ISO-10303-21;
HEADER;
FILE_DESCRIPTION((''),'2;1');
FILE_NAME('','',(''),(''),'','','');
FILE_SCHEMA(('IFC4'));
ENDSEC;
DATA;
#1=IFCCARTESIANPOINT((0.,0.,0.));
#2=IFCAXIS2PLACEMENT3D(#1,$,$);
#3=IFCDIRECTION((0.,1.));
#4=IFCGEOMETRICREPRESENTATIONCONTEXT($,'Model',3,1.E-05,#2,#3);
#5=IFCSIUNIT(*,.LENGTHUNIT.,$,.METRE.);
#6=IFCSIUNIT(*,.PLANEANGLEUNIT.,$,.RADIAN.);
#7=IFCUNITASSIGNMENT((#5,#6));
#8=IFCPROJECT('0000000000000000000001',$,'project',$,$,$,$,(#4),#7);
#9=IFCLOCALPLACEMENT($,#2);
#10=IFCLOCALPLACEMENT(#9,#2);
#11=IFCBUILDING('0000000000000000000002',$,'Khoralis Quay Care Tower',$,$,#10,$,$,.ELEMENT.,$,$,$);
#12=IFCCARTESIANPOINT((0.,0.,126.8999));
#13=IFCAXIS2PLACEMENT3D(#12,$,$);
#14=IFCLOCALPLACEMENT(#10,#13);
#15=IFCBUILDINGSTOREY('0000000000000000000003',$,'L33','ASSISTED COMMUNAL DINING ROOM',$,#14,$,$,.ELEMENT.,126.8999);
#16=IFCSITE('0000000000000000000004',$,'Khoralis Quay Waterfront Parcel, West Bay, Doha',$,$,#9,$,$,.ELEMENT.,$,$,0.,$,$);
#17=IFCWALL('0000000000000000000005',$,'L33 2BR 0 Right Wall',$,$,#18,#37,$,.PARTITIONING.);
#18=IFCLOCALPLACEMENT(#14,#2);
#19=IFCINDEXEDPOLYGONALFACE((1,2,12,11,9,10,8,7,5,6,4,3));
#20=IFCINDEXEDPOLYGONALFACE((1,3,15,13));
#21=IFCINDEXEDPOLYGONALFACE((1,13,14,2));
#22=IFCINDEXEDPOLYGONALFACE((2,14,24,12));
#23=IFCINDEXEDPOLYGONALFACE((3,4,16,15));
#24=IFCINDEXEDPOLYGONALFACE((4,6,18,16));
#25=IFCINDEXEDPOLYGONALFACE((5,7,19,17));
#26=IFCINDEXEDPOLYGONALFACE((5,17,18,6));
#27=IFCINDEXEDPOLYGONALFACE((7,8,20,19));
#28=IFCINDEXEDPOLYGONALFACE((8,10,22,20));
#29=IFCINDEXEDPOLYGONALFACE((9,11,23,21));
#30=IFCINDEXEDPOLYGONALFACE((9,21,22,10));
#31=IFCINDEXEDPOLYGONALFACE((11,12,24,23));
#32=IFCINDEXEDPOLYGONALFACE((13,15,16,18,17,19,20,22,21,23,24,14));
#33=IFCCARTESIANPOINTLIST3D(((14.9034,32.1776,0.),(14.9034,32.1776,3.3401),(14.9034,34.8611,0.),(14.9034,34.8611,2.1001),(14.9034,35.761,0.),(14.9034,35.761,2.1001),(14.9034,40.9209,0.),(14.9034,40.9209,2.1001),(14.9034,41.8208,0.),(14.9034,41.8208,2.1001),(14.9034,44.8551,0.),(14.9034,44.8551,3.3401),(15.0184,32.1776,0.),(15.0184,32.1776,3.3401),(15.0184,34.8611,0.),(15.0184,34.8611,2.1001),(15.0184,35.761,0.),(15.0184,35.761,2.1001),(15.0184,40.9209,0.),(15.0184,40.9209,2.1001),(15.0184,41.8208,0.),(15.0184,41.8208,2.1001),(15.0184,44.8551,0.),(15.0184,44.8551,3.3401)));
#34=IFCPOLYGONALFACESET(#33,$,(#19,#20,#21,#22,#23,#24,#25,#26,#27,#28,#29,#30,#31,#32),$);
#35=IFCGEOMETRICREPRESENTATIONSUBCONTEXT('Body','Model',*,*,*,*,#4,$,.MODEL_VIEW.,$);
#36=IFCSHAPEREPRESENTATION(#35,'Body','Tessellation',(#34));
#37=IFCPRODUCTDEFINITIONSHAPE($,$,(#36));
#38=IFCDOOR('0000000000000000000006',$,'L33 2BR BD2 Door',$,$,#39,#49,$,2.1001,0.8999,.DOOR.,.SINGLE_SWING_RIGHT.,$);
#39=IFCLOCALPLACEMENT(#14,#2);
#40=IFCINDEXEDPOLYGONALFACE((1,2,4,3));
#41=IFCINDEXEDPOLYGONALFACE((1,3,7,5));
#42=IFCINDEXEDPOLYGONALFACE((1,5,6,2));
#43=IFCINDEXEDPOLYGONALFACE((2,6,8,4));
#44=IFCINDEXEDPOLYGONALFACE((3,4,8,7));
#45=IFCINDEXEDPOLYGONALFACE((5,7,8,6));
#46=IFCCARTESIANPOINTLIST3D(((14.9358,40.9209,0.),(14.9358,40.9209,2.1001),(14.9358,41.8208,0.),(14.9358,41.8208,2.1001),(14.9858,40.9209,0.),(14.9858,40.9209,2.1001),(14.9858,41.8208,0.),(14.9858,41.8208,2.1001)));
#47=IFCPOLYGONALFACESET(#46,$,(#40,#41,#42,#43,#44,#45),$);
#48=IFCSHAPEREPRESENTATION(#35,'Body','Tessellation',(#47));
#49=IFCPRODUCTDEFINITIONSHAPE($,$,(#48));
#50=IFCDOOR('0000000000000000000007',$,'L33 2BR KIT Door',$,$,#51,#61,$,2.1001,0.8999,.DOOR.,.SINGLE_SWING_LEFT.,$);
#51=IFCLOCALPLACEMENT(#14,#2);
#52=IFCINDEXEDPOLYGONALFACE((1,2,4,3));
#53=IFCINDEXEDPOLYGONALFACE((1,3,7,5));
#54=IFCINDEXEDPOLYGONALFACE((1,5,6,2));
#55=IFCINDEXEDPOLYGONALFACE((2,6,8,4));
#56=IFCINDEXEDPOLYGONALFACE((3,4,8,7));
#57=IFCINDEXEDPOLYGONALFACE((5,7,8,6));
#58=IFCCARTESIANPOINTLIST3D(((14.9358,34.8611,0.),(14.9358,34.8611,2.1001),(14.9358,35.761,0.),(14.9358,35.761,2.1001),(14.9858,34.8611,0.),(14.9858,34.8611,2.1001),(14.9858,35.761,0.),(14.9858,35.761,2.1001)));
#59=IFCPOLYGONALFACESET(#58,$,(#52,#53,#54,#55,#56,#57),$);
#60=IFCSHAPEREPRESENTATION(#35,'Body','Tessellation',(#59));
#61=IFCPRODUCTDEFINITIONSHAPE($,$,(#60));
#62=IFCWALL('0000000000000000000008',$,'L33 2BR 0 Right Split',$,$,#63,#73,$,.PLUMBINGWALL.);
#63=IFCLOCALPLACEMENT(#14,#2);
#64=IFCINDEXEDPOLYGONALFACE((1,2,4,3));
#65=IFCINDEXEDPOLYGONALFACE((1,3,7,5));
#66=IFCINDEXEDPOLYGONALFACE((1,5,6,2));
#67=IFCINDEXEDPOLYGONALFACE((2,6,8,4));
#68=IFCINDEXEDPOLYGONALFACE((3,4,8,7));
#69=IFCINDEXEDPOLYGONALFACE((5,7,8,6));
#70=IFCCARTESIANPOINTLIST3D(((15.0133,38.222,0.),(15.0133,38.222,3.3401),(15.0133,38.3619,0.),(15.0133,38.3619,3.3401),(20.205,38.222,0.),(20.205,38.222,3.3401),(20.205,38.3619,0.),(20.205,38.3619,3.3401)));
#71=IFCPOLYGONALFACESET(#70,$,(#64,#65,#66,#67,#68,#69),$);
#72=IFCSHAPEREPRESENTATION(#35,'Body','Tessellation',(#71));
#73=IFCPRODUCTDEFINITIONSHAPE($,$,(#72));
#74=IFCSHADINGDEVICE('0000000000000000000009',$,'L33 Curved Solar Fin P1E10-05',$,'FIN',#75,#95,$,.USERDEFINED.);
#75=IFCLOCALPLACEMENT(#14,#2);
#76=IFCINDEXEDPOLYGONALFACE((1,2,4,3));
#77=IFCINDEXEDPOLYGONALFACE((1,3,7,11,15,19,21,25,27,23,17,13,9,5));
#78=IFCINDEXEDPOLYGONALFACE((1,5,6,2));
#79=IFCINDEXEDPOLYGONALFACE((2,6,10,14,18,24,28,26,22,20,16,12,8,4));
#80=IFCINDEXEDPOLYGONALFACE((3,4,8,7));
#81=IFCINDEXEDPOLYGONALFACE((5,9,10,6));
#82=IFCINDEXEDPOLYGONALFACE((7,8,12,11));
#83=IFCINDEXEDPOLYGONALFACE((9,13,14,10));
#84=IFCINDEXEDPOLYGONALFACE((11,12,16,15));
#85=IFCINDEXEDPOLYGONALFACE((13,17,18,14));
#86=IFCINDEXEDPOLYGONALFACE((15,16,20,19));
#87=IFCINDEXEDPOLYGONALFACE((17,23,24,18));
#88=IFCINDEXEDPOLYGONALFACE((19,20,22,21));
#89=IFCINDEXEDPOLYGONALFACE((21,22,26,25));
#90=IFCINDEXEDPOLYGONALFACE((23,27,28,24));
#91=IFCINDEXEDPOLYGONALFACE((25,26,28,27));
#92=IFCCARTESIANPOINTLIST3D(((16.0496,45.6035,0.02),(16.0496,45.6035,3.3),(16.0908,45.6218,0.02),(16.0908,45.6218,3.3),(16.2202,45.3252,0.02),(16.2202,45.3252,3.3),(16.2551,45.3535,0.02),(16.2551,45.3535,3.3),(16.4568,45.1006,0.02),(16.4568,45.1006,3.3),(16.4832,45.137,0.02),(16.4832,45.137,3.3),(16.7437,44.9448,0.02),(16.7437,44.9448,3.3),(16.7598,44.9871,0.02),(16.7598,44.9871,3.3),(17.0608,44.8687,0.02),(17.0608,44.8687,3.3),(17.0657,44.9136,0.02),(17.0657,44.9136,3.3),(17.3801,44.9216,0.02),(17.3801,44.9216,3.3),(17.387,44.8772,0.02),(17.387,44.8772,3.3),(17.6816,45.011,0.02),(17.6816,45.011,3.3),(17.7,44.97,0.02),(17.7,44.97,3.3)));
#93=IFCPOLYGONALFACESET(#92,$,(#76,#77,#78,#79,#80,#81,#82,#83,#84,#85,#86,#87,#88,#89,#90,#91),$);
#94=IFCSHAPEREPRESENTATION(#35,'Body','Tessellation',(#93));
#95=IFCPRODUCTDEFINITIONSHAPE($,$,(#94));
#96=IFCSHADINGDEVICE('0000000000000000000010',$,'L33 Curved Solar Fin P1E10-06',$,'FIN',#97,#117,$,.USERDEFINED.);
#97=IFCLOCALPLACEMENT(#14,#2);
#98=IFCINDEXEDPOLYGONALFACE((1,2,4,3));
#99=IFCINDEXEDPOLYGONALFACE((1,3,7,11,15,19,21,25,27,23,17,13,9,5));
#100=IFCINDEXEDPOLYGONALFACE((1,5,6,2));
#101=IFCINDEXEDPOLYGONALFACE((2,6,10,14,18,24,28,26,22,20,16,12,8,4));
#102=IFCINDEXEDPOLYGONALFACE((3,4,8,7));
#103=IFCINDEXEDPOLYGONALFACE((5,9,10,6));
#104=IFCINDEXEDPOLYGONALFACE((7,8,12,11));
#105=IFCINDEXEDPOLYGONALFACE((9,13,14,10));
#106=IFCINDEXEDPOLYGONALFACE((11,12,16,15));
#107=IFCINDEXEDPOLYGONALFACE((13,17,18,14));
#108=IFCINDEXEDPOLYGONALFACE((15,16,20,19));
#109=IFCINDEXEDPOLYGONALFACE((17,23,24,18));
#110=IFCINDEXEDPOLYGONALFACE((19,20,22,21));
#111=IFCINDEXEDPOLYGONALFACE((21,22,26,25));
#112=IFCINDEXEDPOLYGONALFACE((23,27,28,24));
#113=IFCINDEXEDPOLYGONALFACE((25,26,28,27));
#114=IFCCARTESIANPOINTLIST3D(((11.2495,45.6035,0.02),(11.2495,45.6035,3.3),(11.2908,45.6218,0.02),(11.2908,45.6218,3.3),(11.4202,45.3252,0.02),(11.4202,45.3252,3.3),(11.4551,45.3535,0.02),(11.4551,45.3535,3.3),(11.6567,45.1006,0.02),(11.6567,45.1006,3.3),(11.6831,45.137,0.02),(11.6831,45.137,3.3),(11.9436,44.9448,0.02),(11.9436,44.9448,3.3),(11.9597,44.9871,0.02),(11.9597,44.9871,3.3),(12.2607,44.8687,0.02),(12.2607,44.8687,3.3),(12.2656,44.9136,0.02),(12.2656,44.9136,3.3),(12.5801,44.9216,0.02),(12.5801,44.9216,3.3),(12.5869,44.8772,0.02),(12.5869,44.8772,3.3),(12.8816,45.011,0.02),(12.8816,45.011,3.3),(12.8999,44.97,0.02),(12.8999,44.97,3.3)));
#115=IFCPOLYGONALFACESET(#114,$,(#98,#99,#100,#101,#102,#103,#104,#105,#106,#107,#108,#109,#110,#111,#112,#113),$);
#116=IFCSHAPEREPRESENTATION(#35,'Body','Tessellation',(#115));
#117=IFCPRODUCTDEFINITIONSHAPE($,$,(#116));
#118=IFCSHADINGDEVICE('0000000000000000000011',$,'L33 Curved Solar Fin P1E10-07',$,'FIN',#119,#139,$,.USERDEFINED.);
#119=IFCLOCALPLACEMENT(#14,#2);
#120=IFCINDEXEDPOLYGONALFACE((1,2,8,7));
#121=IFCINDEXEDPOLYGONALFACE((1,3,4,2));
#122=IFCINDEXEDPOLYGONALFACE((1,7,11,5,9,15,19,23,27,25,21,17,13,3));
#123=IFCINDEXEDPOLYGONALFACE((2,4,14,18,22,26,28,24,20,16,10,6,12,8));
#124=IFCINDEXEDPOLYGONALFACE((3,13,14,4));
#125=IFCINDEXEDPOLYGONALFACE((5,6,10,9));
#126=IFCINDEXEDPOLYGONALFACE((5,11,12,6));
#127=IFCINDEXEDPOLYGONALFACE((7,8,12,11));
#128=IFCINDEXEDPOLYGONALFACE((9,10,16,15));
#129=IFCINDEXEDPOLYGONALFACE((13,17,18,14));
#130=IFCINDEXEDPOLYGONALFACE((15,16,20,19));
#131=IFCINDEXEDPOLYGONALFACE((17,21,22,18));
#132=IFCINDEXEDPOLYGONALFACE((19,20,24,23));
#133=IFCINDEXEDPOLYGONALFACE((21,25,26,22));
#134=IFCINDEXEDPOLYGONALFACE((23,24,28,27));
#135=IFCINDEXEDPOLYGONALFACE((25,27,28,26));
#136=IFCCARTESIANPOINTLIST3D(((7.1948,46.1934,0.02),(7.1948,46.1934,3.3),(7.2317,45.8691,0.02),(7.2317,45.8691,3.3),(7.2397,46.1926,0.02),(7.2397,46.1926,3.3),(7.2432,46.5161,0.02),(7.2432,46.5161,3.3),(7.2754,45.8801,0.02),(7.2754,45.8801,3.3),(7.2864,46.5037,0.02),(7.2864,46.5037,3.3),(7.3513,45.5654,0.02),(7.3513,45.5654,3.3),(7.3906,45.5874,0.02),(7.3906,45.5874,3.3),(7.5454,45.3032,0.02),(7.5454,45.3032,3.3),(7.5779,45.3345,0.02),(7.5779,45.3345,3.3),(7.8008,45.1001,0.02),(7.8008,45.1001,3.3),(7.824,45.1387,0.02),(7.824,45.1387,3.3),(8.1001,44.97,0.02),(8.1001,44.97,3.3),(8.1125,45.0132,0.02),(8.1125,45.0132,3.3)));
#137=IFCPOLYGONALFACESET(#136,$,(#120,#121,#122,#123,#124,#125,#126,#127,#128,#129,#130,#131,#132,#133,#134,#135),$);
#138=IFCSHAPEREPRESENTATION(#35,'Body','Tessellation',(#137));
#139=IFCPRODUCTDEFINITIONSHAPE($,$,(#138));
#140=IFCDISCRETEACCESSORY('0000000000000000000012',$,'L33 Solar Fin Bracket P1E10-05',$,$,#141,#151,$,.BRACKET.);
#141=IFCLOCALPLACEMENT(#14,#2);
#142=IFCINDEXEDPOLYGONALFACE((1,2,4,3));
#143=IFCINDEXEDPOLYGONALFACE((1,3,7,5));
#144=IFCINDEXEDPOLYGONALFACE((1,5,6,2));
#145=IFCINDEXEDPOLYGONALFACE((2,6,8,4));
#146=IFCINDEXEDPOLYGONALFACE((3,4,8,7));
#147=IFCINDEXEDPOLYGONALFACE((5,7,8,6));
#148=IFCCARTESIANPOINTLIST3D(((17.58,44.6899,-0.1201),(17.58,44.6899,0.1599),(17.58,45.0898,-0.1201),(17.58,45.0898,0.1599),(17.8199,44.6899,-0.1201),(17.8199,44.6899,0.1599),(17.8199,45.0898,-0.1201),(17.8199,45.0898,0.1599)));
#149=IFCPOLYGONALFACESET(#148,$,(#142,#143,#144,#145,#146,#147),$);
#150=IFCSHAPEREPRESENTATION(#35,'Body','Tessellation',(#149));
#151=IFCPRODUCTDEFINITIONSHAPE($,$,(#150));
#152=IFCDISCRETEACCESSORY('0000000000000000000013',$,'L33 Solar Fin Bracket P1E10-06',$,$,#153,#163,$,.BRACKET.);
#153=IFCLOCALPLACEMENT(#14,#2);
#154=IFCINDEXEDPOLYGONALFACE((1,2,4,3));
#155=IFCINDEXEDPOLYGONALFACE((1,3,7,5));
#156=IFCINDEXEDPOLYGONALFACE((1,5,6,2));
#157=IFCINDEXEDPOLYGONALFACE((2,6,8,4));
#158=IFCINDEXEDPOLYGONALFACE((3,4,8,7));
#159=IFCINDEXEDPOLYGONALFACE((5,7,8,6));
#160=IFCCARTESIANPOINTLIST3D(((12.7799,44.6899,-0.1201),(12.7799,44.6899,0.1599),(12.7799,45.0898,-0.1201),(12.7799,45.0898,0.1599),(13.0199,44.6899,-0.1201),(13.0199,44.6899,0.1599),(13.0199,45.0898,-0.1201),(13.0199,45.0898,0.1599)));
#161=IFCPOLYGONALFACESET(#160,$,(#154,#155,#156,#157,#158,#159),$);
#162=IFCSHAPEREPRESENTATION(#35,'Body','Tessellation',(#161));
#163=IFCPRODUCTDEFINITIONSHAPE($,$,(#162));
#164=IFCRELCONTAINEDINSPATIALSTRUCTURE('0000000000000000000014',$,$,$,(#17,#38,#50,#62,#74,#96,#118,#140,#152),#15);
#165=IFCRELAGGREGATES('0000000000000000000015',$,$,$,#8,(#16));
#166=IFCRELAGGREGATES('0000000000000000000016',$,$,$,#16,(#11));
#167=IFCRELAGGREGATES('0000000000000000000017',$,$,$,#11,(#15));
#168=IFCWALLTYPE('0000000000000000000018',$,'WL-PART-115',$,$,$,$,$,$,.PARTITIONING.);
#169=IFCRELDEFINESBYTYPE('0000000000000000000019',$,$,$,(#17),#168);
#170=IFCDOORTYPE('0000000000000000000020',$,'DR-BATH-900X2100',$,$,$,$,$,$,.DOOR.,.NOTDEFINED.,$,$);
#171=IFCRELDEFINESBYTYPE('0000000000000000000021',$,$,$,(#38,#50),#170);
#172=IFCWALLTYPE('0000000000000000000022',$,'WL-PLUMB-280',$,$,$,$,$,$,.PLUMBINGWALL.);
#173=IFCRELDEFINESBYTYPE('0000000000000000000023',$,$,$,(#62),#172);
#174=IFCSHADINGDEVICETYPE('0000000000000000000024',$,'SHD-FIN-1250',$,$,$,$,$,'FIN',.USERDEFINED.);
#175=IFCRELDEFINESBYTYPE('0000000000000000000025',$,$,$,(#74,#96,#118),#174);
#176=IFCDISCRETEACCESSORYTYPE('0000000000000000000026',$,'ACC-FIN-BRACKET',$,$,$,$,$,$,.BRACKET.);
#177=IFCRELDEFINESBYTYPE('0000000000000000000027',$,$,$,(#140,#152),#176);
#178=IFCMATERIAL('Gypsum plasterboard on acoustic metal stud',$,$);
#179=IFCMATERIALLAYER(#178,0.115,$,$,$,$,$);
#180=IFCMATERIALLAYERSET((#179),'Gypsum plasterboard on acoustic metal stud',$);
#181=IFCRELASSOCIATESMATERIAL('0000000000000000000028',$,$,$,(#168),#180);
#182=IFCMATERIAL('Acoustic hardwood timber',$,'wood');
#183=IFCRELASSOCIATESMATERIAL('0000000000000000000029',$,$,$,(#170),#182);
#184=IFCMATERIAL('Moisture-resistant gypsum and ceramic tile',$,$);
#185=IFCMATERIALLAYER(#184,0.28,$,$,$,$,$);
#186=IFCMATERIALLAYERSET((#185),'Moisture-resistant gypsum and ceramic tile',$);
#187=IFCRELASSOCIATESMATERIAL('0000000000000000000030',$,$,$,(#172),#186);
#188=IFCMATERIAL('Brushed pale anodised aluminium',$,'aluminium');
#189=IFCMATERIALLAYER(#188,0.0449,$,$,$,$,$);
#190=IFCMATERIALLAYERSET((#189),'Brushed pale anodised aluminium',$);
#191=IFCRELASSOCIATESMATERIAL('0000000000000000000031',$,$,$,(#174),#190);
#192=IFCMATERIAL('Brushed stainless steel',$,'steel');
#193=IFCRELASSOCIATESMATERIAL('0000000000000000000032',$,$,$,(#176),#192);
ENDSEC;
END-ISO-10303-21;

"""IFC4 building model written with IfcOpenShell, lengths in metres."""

from ifc_helpers import new_model, si_unit, direction, frame, frame_2d, origin, origin_2d, place, context, subcontext, project, spatial, polyline, rectangle, outline, extrude, source, transform, mapped, material, layer, layer_set, type_object, element, fill, save


model = new_model("IFC4")

# Units and contexts
model_context = context("Model", 3, precision=1e-05, world=origin(), true_north=direction((0.0, 1.0)))
body_context = subcontext(model_context, "Body", "Model", "MODEL_VIEW")
ifc_project = project(units=[si_unit("LENGTHUNIT", "METRE"), si_unit("PLANEANGLEUNIT", "RADIAN")], contexts=[model_context])

# Site, building, storey
site_placement = place(None, origin())
site = spatial("IfcSite", under=ifc_project, at=site_placement, Name="Khoralis Quay Waterfront Parcel, West Bay, Doha", CompositionType="ELEMENT", RefElevation=0.0)
building_placement = place(site_placement, origin())
building = spatial("IfcBuilding", under=site, at=building_placement, Name="Khoralis Quay Care Tower", CompositionType="ELEMENT")
storey_placement = place(building_placement, frame((0.0, 0.0, 126.8999)))
storey = spatial("IfcBuildingStorey", under=building, at=storey_placement, Name="L33", Description="ASSISTED COMMUNAL DINING ROOM", CompositionType="ELEMENT", Elevation=126.8999)

# Wall, openings, doors
ifc_material_1 = material(Name="Gypsum plasterboard on acoustic metal stud")
ifc_layer_1 = layer(ifc_material_1, 0.115)
ifc_layer_set_1 = layer_set([ifc_layer_1], Name="Gypsum plasterboard on acoustic metal stud")
wall_type_1 = type_object("IfcWallType", Name="WL-PART-115", PredefinedType="PARTITIONING", material=ifc_layer_set_1)
ifc_material_2 = material(Name="Acoustic hardwood timber", Category="wood")
door_type = type_object("IfcDoorType", Name="DR-BATH-900X2100", OperationType="NOTDEFINED", PredefinedType="DOOR", material=ifc_material_2)
shared_shape_1 = source(origin(), body_context, "Body", "SweptSolid", [
    extrude(rectangle(XDim=0.8999, YDim=2.1001, at=frame_2d((0.45, 1.05))), frame((0.0, 0.0249, 0.0), z_axis=(0.0, -1.0, 0.0), x_axis=(1.0, 0.0, 0.0)), (0.0, 0.0, 1.0), 0.05),
])
wall_1_placement = place(storey_placement, frame((14.9609, 32.1775, 0.0), z_axis=(0.0, 0.0, 1.0), x_axis=(0.0, 1.0, 0.0)))
wall_1 = element("IfcWall", 1, at=wall_1_placement, inside=storey, type_object=wall_type_1, Name="L33 2BR 0 Right Wall", PredefinedType="PARTITIONING", context=body_context, shape_type="SweptSolid", body=[
    extrude(rectangle(XDim=12.6775, YDim=0.115, at=frame_2d((6.3389, 0.0))), origin(), (0.0, 0.0, 1.0), 3.3401),
])
opening_1_placement = place(wall_1_placement, frame((8.7434, 0.0, 0.0)))
opening_1 = element("IfcOpeningElement", 2, at=opening_1_placement, cuts=wall_1, PredefinedType="OPENING", context=body_context, shape_type="SweptSolid", body=[
    extrude(rectangle(XDim=0.8999, YDim=2.1001, at=frame_2d((0.45, 1.05))), frame((0.0, 0.0674, 0.0), z_axis=(0.0, -1.0, 0.0), x_axis=(1.0, 0.0, 0.0)), (0.0, 0.0, 1.0), 0.135),
])
opening_2_placement = place(wall_1_placement, frame((2.6836, 0.0, 0.0)))
opening_2 = element("IfcOpeningElement", 3, at=opening_2_placement, cuts=wall_1, PredefinedType="OPENING", context=body_context, shape_type="SweptSolid", body=[
    extrude(rectangle(XDim=0.8999, YDim=2.1001, at=frame_2d((0.45, 1.05))), frame((0.0, 0.0674, 0.0), z_axis=(0.0, -1.0, 0.0), x_axis=(1.0, 0.0, 0.0)), (0.0, 0.0, 1.0), 0.135),
])
door_1_placement = place(opening_1_placement, frame((0.8999, 0.0, 0.0), z_axis=(0.0, 0.0, 1.0), x_axis=(-1.0, 0.0, 0.0)))
door_1 = element("IfcDoor", 4, at=door_1_placement, inside=storey, type_object=door_type, Name="L33 2BR BD2 Door", OperationType="SINGLE_SWING_RIGHT", OverallHeight=2.1001, OverallWidth=0.8999, PredefinedType="DOOR", context=body_context, shape_type="MappedRepresentation", body=[
    mapped(shared_shape_1, transform((0.0, 0.0, 0.0), scale=1.0)),
])
fill(opening_1, door_1)
door_2_placement = place(opening_2_placement, frame((0.8999, 0.0, 0.0), z_axis=(0.0, 0.0, 1.0), x_axis=(-1.0, 0.0, 0.0)))
door_2 = element("IfcDoor", 5, at=door_2_placement, inside=storey, type_object=door_type, Name="L33 2BR KIT Door", OperationType="SINGLE_SWING_LEFT", OverallHeight=2.1001, OverallWidth=0.8999, PredefinedType="DOOR", context=body_context, shape_type="MappedRepresentation", body=[
    mapped(shared_shape_1, transform((0.0, 0.0, 0.0), scale=1.0)),
])
fill(opening_2, door_2)

# Wall
ifc_material_3 = material(Name="Moisture-resistant gypsum and ceramic tile")
ifc_layer_2 = layer(ifc_material_3, 0.28)
ifc_layer_set_2 = layer_set([ifc_layer_2], Name="Moisture-resistant gypsum and ceramic tile")
wall_type_2 = type_object("IfcWallType", Name="WL-PLUMB-280", PredefinedType="PLUMBINGWALL", material=ifc_layer_set_2)
wall_2_placement = place(storey_placement, frame((15.0134, 38.292, 0.0), z_axis=(0.0, 0.0, 1.0), x_axis=(1.0, 0.0, 0.0)))
element("IfcWall", 6, at=wall_2_placement, inside=storey, type_object=wall_type_2, Name="L33 2BR 0 Right Split", PredefinedType="PLUMBINGWALL", context=body_context, shape_type="SweptSolid", body=[
    extrude(rectangle(XDim=5.1917, YDim=0.1399, at=frame_2d((2.5957, 0.0))), origin(), (0.0, 0.0, 1.0), 3.3401),
])

# Shading devices
ifc_material_4 = material(Name="Brushed pale anodised aluminium", Category="aluminium")
ifc_layer_3 = layer(ifc_material_4, 0.0449)
ifc_layer_set_3 = layer_set([ifc_layer_3], Name="Brushed pale anodised aluminium")
shading_device_type = type_object("IfcShadingDeviceType", Name="SHD-FIN-1250", ElementType="FIN", PredefinedType="USERDEFINED", material=ifc_layer_set_3)
shared_shape_2 = source(origin(), body_context, "Body", "SweptSolid", [
    extrude(outline(polyline([(0.0, 0.0), (-0.0928, 0.313), (-0.1013, 0.6392), (-0.0251, 0.9563), (0.1306, 1.2432), (0.3552, 1.4797), (0.6335, 1.6504), (0.6519, 1.6091), (0.3835, 1.4448), (0.167, 1.2168), (0.0171, 0.9402), (-0.0564, 0.6343), (-0.0483, 0.3198), (0.041, 0.0183), (0.0, 0.0)])), origin(), (0.0, 0.0, 1.0), 3.28),
])
for number, where, z_axis, x_axis, name in (
    (7, (17.7, 44.97, 0.02), (0.0, 0.0, 1.0), (0.0, 1.0, 0.0), "L33 Curved Solar Fin P1E10-05"),
    (8, (12.8999, 44.97, 0.02), (0.0, 0.0, 1.0), (0.0, 1.0, 0.0), "L33 Curved Solar Fin P1E10-06"),
):
    element("IfcShadingDevice", number, at=place(storey_placement, frame(where, z_axis=z_axis, x_axis=x_axis)), inside=storey, type_object=shading_device_type, Name=name, ObjectType="FIN", PredefinedType="USERDEFINED", context=body_context, shape_type="MappedRepresentation", body=[
        mapped(shared_shape_2, transform((0.0, 0.0, 0.0), scale=1.0)),
    ])
shared_shape_3 = source(origin(), body_context, "Body", "SweptSolid", [
    extrude(outline(polyline([(0.0, 0.0), (0.1301, 0.2993), (0.3333, 0.5547), (0.5955, 0.7488), (0.8992, 0.8684), (1.2234, 0.9053), (1.5461, 0.8569), (1.5337, 0.8137), (1.2227, 0.8604), (0.9102, 0.8247), (0.6174, 0.7095), (0.3645, 0.5222), (0.1687, 0.2761), (0.0432, -0.0125), (0.0, 0.0)])), origin(), (0.0, 0.0, 1.0), 3.28),
])
shading_device_placement = place(storey_placement, frame((8.1001, 44.97, 0.02), z_axis=(0.0, 0.0, 1.0), x_axis=(0.0, 1.0, 0.0)))
element("IfcShadingDevice", 9, at=shading_device_placement, inside=storey, type_object=shading_device_type, Name="L33 Curved Solar Fin P1E10-07", ObjectType="FIN", PredefinedType="USERDEFINED", context=body_context, shape_type="MappedRepresentation", body=[
    mapped(shared_shape_3, transform((0.0, 0.0, 0.0), scale=1.0)),
])

# Discrete accessories
ifc_material_5 = material(Name="Brushed stainless steel", Category="steel")
discrete_accessory_type = type_object("IfcDiscreteAccessoryType", Name="ACC-FIN-BRACKET", PredefinedType="BRACKET", material=ifc_material_5)
shared_shape_4 = source(origin(), body_context, "Body", "SweptSolid", [
    extrude(rectangle(XDim=0.3999, YDim=0.24, at=origin_2d()), origin(), (0.0, 0.0, 1.0), 0.28),
])
for number, where, z_axis, x_axis, name in (
    (10, (17.7, 44.8899, -0.1201), (0.0, 0.0, 1.0), (0.0, 1.0, 0.0), "L33 Solar Fin Bracket P1E10-05"),
    (11, (12.8999, 44.8899, -0.1201), (0.0, 0.0, 1.0), (0.0, 1.0, 0.0), "L33 Solar Fin Bracket P1E10-06"),
):
    element("IfcDiscreteAccessory", number, at=place(storey_placement, frame(where, z_axis=z_axis, x_axis=x_axis)), inside=storey, type_object=discrete_accessory_type, Name=name, PredefinedType="BRACKET", context=body_context, shape_type="MappedRepresentation", body=[
        mapped(shared_shape_4, transform((0.0, 0.0, 0.0), scale=1.0)),
    ])

save(model, "model.ifc")
